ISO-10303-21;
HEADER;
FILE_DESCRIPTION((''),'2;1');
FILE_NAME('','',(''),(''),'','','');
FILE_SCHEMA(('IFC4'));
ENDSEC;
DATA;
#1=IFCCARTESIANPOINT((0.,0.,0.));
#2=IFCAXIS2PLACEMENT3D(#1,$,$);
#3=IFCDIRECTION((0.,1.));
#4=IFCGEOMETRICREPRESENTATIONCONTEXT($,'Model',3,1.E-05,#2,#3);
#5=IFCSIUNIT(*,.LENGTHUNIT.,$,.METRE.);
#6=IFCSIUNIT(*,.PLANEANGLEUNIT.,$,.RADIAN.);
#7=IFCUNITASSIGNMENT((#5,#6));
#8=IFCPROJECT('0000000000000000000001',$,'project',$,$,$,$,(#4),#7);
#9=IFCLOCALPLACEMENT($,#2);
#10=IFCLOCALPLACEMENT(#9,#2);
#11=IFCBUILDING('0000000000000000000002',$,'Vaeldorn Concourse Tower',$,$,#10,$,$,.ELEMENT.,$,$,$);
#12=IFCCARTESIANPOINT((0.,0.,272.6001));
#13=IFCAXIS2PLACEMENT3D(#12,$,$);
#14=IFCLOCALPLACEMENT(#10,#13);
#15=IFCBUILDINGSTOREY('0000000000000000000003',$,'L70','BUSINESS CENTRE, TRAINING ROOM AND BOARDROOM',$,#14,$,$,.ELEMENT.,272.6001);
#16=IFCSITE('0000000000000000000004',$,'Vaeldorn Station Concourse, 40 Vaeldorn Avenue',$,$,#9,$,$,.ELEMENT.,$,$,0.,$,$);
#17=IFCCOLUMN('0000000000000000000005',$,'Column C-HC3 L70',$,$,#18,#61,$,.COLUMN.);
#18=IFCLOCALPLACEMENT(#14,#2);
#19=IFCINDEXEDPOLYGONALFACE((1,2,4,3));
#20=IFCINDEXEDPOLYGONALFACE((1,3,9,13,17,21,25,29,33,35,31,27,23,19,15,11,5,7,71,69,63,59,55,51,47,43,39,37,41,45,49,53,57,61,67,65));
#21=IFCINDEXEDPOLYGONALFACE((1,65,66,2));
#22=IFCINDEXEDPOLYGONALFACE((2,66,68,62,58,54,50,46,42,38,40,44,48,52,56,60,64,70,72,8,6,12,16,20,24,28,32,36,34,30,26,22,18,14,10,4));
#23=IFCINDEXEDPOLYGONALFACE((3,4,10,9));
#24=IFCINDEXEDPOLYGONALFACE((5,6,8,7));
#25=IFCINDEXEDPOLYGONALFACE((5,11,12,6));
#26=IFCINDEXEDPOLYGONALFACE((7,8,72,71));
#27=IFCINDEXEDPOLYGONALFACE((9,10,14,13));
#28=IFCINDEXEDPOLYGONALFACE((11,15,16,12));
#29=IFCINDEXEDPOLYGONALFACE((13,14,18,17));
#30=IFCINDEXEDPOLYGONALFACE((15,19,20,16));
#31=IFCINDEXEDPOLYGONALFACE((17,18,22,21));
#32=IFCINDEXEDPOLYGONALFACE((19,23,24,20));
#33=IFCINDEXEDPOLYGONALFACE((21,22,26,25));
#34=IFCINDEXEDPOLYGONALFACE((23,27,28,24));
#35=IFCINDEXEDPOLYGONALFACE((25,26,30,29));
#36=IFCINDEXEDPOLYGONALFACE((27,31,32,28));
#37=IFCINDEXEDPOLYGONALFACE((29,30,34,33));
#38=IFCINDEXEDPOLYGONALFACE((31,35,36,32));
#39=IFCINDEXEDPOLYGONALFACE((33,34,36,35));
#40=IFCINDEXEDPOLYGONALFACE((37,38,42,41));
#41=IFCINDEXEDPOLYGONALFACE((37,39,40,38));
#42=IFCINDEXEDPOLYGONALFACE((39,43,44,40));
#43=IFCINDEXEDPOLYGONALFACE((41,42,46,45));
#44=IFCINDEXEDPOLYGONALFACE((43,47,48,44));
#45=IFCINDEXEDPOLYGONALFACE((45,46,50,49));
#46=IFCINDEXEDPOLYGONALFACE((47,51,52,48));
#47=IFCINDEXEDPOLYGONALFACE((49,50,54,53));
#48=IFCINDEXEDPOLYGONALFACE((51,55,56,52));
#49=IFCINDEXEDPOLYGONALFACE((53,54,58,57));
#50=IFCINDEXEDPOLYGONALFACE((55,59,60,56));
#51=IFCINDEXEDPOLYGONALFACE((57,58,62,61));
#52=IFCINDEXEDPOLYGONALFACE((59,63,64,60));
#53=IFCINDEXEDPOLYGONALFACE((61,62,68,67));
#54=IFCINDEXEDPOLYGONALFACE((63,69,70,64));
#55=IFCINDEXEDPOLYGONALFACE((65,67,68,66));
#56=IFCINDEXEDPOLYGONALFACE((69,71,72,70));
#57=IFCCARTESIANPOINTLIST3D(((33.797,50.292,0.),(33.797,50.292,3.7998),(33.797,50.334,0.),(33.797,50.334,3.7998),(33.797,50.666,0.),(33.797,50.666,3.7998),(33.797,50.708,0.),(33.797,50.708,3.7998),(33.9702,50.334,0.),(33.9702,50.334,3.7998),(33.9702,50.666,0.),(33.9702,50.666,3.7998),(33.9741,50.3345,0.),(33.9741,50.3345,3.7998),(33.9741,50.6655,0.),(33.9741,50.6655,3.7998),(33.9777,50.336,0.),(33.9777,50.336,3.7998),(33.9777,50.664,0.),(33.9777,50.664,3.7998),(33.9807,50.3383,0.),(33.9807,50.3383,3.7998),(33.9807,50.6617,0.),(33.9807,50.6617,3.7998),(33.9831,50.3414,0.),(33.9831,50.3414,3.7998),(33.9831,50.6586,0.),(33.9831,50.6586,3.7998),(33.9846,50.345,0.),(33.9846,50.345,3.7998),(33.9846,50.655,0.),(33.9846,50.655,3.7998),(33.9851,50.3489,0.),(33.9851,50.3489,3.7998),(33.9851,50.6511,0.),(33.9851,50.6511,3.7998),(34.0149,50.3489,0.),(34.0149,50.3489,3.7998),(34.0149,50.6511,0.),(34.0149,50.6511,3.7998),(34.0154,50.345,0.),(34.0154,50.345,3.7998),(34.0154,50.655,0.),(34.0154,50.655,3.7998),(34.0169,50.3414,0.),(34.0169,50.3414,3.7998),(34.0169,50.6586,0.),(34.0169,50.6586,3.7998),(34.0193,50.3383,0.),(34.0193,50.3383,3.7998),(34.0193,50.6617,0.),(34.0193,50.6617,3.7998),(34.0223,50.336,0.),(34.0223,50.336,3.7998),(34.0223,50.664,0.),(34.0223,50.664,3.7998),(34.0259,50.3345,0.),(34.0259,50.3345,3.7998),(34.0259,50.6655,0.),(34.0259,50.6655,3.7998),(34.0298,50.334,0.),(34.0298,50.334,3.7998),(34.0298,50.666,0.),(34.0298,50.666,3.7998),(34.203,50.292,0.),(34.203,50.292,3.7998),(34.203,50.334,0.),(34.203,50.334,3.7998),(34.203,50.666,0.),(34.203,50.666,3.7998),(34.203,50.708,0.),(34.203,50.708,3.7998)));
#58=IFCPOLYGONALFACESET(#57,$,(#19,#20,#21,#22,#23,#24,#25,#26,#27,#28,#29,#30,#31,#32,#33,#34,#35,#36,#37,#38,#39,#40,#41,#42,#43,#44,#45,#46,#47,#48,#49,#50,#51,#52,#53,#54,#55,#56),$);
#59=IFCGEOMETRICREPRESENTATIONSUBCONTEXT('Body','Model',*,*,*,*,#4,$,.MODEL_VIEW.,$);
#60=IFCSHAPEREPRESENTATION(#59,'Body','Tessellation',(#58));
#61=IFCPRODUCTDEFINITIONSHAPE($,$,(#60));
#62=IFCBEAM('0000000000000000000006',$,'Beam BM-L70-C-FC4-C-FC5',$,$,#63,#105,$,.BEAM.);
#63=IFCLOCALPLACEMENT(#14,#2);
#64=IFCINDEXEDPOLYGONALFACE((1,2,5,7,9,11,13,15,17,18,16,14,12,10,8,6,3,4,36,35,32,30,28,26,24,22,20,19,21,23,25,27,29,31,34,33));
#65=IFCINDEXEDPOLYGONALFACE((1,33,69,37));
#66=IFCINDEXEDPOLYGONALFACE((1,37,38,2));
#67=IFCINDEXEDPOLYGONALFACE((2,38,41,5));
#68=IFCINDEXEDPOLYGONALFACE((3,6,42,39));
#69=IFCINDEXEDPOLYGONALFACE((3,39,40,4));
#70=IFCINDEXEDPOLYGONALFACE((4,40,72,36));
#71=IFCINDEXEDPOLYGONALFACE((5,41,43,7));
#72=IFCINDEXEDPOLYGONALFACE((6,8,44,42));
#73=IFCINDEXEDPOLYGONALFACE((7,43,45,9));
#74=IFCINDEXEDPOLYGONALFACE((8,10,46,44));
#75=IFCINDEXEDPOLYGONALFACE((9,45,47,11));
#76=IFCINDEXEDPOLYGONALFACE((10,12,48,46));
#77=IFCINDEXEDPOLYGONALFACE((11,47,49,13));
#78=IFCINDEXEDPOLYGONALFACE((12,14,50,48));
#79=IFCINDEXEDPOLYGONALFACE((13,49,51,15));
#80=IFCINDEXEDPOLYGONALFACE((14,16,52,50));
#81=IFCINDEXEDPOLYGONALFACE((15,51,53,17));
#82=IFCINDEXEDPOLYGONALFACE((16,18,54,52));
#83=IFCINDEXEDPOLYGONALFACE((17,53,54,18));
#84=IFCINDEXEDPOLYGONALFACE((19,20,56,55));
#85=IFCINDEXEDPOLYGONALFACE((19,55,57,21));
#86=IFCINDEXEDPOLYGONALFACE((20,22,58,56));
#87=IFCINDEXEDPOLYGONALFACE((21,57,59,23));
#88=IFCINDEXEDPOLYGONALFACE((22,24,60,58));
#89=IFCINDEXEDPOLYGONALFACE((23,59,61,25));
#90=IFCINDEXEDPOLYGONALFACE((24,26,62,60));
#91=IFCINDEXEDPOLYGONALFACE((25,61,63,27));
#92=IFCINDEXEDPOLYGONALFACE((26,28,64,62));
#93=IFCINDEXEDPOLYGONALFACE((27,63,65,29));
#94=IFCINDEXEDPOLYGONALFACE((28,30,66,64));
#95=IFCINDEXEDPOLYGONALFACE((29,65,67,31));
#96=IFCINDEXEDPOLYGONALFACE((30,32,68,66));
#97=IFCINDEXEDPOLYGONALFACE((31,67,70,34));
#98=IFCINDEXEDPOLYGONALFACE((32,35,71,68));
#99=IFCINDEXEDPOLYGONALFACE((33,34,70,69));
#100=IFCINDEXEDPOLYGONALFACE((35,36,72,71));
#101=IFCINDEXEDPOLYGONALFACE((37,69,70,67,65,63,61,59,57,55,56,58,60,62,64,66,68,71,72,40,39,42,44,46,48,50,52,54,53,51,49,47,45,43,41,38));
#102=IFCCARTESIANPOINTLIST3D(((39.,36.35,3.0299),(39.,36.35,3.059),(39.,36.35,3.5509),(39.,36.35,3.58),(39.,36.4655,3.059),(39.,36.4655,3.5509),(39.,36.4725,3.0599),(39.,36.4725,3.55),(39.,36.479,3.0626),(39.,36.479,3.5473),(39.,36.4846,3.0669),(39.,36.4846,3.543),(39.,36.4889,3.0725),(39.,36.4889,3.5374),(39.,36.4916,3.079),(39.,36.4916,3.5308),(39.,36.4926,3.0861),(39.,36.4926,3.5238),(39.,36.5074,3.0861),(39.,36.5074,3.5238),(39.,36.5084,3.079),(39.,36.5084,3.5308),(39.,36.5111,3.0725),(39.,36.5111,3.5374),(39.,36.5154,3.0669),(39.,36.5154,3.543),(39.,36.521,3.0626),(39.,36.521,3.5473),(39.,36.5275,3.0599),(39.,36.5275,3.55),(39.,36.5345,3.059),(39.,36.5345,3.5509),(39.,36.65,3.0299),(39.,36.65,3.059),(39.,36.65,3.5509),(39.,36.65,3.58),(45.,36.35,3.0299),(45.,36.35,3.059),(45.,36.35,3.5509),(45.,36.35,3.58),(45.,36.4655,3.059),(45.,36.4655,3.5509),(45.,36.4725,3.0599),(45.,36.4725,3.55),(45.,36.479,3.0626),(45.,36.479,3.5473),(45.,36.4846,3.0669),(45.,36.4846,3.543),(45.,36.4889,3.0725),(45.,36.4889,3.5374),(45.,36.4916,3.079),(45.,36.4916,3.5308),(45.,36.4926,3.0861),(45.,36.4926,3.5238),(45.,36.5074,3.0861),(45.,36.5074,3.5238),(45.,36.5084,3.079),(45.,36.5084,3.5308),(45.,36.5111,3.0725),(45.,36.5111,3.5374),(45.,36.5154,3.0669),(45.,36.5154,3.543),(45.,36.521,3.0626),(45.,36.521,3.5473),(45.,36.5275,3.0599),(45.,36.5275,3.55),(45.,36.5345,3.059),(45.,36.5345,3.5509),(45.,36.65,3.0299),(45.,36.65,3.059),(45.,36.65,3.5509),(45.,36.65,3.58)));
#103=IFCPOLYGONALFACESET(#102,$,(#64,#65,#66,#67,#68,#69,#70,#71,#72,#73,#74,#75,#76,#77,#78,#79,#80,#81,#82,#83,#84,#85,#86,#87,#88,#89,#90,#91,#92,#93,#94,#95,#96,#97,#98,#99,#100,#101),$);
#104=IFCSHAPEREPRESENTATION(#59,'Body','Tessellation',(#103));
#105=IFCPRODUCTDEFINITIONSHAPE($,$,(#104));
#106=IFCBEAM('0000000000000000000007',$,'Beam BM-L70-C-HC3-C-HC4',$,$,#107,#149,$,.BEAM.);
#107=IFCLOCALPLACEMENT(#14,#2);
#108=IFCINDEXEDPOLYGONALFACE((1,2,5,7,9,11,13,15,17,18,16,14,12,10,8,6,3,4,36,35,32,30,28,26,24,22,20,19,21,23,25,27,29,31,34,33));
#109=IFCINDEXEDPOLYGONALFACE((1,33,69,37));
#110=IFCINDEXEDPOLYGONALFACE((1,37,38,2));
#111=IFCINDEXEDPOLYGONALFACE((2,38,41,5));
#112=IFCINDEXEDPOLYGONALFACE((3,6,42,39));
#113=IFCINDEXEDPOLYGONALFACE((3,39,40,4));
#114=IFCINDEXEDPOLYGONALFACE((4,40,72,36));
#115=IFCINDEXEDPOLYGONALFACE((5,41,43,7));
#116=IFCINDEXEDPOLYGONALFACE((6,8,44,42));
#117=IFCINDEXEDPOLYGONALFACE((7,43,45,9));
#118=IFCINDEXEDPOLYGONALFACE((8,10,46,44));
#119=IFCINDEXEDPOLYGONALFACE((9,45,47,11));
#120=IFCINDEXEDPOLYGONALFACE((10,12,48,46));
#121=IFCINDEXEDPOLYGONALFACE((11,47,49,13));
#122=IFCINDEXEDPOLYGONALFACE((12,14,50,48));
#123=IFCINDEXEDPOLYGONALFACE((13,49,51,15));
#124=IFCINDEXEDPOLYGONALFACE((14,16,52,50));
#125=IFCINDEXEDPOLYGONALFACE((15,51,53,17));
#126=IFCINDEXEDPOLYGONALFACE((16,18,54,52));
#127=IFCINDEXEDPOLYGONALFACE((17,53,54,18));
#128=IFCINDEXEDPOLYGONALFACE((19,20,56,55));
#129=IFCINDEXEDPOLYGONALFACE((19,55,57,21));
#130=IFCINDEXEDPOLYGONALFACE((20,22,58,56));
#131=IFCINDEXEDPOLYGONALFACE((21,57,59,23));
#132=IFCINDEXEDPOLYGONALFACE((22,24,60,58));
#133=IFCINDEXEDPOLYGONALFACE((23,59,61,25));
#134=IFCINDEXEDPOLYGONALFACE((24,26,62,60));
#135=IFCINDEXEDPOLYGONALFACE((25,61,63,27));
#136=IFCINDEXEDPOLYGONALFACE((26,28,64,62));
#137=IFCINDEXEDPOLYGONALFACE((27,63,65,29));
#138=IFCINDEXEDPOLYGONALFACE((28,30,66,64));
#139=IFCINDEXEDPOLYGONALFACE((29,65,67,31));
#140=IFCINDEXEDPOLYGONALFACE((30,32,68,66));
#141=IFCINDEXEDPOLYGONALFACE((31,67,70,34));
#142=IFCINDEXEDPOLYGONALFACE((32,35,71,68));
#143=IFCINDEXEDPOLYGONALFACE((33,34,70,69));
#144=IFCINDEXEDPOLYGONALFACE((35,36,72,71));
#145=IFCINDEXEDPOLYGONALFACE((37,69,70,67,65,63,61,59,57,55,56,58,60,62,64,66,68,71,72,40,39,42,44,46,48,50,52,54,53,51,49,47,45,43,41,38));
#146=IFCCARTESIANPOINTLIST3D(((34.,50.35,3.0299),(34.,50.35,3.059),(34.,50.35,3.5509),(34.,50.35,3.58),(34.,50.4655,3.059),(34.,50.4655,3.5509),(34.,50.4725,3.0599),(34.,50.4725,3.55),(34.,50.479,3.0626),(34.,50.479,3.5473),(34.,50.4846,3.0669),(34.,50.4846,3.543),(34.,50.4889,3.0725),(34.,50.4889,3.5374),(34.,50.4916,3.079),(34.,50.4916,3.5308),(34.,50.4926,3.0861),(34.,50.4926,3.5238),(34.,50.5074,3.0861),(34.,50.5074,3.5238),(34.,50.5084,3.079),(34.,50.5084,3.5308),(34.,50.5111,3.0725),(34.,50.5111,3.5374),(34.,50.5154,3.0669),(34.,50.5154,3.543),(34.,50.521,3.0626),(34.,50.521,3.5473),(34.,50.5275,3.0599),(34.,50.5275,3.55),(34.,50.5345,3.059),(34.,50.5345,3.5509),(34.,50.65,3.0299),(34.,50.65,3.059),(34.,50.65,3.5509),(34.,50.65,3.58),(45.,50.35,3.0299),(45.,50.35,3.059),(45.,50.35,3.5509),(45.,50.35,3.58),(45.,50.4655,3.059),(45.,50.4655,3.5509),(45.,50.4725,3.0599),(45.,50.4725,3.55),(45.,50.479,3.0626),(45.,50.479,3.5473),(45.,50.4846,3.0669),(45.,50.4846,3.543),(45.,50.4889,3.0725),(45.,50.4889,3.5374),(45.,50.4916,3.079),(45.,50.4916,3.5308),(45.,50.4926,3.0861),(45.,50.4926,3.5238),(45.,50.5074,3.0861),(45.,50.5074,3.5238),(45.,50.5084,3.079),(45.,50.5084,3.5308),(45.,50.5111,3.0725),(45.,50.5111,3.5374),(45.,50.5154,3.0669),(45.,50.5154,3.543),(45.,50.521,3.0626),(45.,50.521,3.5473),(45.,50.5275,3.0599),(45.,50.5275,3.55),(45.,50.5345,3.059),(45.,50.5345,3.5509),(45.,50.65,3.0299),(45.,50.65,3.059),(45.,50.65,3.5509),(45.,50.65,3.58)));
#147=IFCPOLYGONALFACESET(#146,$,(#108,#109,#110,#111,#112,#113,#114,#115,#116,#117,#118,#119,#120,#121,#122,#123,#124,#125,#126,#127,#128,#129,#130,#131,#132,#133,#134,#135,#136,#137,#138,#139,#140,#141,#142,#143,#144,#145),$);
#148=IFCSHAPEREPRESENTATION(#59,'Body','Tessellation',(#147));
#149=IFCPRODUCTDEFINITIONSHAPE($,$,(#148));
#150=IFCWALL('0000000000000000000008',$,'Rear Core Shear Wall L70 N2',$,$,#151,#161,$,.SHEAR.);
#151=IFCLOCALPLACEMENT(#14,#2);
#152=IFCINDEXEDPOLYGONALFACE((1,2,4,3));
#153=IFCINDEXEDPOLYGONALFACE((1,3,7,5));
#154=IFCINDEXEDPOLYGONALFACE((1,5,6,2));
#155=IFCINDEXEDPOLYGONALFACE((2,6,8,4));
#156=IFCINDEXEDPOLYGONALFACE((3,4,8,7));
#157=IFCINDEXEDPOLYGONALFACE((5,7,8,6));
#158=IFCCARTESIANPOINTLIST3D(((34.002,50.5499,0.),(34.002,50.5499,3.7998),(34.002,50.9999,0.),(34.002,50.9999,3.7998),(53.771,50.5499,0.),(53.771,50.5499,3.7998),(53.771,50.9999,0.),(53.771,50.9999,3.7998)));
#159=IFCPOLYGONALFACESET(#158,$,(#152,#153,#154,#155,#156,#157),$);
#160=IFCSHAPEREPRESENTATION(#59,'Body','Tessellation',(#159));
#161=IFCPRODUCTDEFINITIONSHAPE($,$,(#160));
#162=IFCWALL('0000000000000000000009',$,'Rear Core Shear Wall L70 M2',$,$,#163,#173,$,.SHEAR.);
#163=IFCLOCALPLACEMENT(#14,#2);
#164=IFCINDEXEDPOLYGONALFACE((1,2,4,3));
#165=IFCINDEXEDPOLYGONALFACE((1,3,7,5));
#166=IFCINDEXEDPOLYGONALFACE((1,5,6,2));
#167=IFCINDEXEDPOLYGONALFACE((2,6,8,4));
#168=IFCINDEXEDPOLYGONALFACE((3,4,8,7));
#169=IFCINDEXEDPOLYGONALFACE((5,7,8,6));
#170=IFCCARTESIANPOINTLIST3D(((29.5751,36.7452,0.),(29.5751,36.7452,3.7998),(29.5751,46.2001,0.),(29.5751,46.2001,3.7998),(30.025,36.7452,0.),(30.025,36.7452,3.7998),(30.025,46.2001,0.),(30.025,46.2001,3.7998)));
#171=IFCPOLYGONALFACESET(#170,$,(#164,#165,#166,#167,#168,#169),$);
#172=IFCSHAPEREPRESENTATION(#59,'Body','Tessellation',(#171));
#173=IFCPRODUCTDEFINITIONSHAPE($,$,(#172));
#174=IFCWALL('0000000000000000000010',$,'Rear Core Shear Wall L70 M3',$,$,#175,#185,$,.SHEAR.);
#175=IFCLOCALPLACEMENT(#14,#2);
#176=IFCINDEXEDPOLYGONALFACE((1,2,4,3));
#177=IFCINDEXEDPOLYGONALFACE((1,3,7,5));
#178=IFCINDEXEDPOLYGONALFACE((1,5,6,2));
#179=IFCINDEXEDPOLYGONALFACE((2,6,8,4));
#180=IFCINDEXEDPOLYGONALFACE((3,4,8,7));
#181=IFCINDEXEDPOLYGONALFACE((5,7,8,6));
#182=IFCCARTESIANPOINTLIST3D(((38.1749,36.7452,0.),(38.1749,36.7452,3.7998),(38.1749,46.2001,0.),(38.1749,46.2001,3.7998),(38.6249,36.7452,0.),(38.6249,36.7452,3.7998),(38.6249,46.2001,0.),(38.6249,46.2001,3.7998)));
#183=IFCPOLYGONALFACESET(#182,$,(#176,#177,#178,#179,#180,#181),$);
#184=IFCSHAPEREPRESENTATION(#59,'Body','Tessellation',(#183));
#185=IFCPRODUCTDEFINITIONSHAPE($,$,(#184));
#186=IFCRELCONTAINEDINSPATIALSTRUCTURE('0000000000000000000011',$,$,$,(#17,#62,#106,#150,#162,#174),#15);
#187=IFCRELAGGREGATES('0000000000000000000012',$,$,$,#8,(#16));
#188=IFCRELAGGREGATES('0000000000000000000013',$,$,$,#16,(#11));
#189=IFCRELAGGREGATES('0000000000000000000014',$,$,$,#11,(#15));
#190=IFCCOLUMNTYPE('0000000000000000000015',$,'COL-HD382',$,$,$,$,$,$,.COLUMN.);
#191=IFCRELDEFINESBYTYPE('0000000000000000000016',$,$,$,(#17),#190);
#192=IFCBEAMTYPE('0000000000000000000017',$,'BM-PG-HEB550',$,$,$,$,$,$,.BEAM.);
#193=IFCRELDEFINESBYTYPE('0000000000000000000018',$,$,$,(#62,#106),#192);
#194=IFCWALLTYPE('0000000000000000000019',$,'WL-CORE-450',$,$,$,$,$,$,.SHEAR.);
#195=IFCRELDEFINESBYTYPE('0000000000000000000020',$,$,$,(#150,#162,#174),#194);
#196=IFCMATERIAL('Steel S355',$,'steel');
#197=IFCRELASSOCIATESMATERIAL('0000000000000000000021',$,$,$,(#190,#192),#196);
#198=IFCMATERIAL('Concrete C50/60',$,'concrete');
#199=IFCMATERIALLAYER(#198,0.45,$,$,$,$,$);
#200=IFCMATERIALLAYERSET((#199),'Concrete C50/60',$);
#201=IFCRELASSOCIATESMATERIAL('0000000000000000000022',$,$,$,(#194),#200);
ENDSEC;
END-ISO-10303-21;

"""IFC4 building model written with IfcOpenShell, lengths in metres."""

from ifc_helpers import new_model, si_unit, direction, frame, frame_2d, origin, origin_2d, place, context, subcontext, project, spatial, rectangle, i_section, extrude, source, transform, mapped, material, layer, layer_set, material_profile, profile_set, type_object, element, save


model = new_model("IFC4")

# Units and contexts
model_context = context("Model", 3, precision=1e-05, world=origin(), true_north=direction((0.0, 1.0)))
body_context = subcontext(model_context, "Body", "Model", "MODEL_VIEW")
ifc_project = project(units=[si_unit("LENGTHUNIT", "METRE"), si_unit("PLANEANGLEUNIT", "RADIAN")], contexts=[model_context])

# Site, building, storey
site_placement = place(None, origin())
site = spatial("IfcSite", under=ifc_project, at=site_placement, Name="Vaeldorn Station Concourse, 40 Vaeldorn Avenue", CompositionType="ELEMENT", RefElevation=0.0)
building_placement = place(site_placement, origin())
building = spatial("IfcBuilding", under=site, at=building_placement, Name="Vaeldorn Concourse Tower", CompositionType="ELEMENT")
storey_placement = place(building_placement, frame((0.0, 0.0, 272.6001)))
storey = spatial("IfcBuildingStorey", under=building, at=storey_placement, Name="L70", Description="BUSINESS CENTRE, TRAINING ROOM AND BOARDROOM", CompositionType="ELEMENT", Elevation=272.6001)

# Column
ifc_material_1 = material(Name="Steel S355", Category="steel")
ifc_material_profile_1 = material_profile(ifc_material_1, i_section(OverallWidth=0.406, OverallDepth=0.416, WebThickness=0.0298, FlangeThickness=0.042, FilletRadius=0.0149, at=origin_2d()), Name="HD 400x382")
ifc_profile_set_1 = profile_set([ifc_material_profile_1], Name="Steel S355")
column_type = type_object("IfcColumnType", Name="COL-HD382", PredefinedType="COLUMN", material=ifc_profile_set_1)
shared_shape_1 = source(origin(), body_context, "Body", "SweptSolid", [
    extrude(i_section(OverallWidth=0.406, OverallDepth=0.416, WebThickness=0.0298, FlangeThickness=0.042, FilletRadius=0.0149, at=origin_2d()), origin(), (0.0, 0.0, 1.0), 3.7998),
])
column_placement = place(storey_placement, frame((34.0, 50.5, 0.0), z_axis=(0.0, 0.0, 1.0), x_axis=(1.0, 0.0, 0.0)))
element("IfcColumn", 1, at=column_placement, inside=storey, type_object=column_type, Name="Column C-HC3 L70", PredefinedType="COLUMN", context=body_context, shape_type="MappedRepresentation", body=[
    mapped(shared_shape_1, transform((0.0, 0.0, 0.0), scale=1.0)),
])

# Beams
ifc_material_profile_2 = material_profile(ifc_material_1, i_section(OverallWidth=0.3, OverallDepth=0.55, WebThickness=0.0149, FlangeThickness=0.0291, FilletRadius=0.0271, at=origin_2d()), Name="HEB 550")
ifc_profile_set_2 = profile_set([ifc_material_profile_2], Name="Steel S355")
beam_type = type_object("IfcBeamType", Name="BM-PG-HEB550", PredefinedType="BEAM", material=ifc_profile_set_2)
shared_shape_2 = source(origin(), body_context, "Body", "SweptSolid", [
    extrude(i_section(OverallWidth=0.3, OverallDepth=0.55, WebThickness=0.0149, FlangeThickness=0.0291, FilletRadius=0.0271, at=origin_2d()), origin(), (0.0, 0.0, 1.0), 6.0),
])
beam_1_placement = place(storey_placement, frame((39.0, 36.5, 3.3049), z_axis=(1.0, 0.0, 0.0), x_axis=(0.0, 1.0, 0.0)))
element("IfcBeam", 2, at=beam_1_placement, inside=storey, type_object=beam_type, Name="Beam BM-L70-C-FC4-C-FC5", PredefinedType="BEAM", context=body_context, shape_type="MappedRepresentation", body=[
    mapped(shared_shape_2, transform((0.0, 0.0, 0.0), scale=1.0)),
])
shared_shape_3 = source(origin(), body_context, "Body", "SweptSolid", [
    extrude(i_section(OverallWidth=0.3, OverallDepth=0.55, WebThickness=0.0149, FlangeThickness=0.0291, FilletRadius=0.0271, at=origin_2d()), origin(), (0.0, 0.0, 1.0), 11.0),
])
beam_2_placement = place(storey_placement, frame((34.0, 50.5, 3.3049), z_axis=(1.0, 0.0, 0.0), x_axis=(0.0, 1.0, 0.0)))
element("IfcBeam", 3, at=beam_2_placement, inside=storey, type_object=beam_type, Name="Beam BM-L70-C-HC3-C-HC4", PredefinedType="BEAM", context=body_context, shape_type="MappedRepresentation", body=[
    mapped(shared_shape_3, transform((0.0, 0.0, 0.0), scale=1.0)),
])

# Walls
ifc_material_2 = material(Name="Concrete C50/60", Category="concrete")
ifc_layer_1 = layer(ifc_material_2, 0.45)
ifc_layer_set_1 = layer_set([ifc_layer_1], Name="Concrete C50/60")
wall_type_1 = type_object("IfcWallType", Name="WL-CORE-450", PredefinedType="SHEAR", material=ifc_layer_set_1)
wall_1_placement = place(storey_placement, frame((34.002, 50.7749, 0.0), z_axis=(0.0, 0.0, 1.0), x_axis=(1.0, 0.0, 0.0)))
element("IfcWall", 4, at=wall_1_placement, inside=storey, type_object=wall_type_1, Name="Rear Core Shear Wall L70 N2", PredefinedType="SHEAR", context=body_context, shape_type="SweptSolid", body=[
    extrude(rectangle(XDim=19.769, YDim=0.45, at=frame_2d((9.8845, 0.0))), origin(), (0.0, 0.0, 1.0), 3.7998),
])
for number, where, z_axis, x_axis, name in (
    (5, (29.8, 36.7451, 0.0), (0.0, 0.0, 1.0), (0.0, 1.0, 0.0), "Rear Core Shear Wall L70 M2"),
    (6, (38.3999, 36.7451, 0.0), (0.0, 0.0, 1.0), (0.0, 1.0, 0.0), "Rear Core Shear Wall L70 M3"),
):
    element("IfcWall", number, at=place(storey_placement, frame(where, z_axis=z_axis, x_axis=x_axis)), inside=storey, type_object=wall_type_1, Name=name, PredefinedType="SHEAR", context=body_context, shape_type="SweptSolid", body=[
        extrude(rectangle(XDim=9.4548, YDim=0.45, at=frame_2d((4.7275, 0.0))), origin(), (0.0, 0.0, 1.0), 3.7998),
    ])

save(model, "model.ifc")
